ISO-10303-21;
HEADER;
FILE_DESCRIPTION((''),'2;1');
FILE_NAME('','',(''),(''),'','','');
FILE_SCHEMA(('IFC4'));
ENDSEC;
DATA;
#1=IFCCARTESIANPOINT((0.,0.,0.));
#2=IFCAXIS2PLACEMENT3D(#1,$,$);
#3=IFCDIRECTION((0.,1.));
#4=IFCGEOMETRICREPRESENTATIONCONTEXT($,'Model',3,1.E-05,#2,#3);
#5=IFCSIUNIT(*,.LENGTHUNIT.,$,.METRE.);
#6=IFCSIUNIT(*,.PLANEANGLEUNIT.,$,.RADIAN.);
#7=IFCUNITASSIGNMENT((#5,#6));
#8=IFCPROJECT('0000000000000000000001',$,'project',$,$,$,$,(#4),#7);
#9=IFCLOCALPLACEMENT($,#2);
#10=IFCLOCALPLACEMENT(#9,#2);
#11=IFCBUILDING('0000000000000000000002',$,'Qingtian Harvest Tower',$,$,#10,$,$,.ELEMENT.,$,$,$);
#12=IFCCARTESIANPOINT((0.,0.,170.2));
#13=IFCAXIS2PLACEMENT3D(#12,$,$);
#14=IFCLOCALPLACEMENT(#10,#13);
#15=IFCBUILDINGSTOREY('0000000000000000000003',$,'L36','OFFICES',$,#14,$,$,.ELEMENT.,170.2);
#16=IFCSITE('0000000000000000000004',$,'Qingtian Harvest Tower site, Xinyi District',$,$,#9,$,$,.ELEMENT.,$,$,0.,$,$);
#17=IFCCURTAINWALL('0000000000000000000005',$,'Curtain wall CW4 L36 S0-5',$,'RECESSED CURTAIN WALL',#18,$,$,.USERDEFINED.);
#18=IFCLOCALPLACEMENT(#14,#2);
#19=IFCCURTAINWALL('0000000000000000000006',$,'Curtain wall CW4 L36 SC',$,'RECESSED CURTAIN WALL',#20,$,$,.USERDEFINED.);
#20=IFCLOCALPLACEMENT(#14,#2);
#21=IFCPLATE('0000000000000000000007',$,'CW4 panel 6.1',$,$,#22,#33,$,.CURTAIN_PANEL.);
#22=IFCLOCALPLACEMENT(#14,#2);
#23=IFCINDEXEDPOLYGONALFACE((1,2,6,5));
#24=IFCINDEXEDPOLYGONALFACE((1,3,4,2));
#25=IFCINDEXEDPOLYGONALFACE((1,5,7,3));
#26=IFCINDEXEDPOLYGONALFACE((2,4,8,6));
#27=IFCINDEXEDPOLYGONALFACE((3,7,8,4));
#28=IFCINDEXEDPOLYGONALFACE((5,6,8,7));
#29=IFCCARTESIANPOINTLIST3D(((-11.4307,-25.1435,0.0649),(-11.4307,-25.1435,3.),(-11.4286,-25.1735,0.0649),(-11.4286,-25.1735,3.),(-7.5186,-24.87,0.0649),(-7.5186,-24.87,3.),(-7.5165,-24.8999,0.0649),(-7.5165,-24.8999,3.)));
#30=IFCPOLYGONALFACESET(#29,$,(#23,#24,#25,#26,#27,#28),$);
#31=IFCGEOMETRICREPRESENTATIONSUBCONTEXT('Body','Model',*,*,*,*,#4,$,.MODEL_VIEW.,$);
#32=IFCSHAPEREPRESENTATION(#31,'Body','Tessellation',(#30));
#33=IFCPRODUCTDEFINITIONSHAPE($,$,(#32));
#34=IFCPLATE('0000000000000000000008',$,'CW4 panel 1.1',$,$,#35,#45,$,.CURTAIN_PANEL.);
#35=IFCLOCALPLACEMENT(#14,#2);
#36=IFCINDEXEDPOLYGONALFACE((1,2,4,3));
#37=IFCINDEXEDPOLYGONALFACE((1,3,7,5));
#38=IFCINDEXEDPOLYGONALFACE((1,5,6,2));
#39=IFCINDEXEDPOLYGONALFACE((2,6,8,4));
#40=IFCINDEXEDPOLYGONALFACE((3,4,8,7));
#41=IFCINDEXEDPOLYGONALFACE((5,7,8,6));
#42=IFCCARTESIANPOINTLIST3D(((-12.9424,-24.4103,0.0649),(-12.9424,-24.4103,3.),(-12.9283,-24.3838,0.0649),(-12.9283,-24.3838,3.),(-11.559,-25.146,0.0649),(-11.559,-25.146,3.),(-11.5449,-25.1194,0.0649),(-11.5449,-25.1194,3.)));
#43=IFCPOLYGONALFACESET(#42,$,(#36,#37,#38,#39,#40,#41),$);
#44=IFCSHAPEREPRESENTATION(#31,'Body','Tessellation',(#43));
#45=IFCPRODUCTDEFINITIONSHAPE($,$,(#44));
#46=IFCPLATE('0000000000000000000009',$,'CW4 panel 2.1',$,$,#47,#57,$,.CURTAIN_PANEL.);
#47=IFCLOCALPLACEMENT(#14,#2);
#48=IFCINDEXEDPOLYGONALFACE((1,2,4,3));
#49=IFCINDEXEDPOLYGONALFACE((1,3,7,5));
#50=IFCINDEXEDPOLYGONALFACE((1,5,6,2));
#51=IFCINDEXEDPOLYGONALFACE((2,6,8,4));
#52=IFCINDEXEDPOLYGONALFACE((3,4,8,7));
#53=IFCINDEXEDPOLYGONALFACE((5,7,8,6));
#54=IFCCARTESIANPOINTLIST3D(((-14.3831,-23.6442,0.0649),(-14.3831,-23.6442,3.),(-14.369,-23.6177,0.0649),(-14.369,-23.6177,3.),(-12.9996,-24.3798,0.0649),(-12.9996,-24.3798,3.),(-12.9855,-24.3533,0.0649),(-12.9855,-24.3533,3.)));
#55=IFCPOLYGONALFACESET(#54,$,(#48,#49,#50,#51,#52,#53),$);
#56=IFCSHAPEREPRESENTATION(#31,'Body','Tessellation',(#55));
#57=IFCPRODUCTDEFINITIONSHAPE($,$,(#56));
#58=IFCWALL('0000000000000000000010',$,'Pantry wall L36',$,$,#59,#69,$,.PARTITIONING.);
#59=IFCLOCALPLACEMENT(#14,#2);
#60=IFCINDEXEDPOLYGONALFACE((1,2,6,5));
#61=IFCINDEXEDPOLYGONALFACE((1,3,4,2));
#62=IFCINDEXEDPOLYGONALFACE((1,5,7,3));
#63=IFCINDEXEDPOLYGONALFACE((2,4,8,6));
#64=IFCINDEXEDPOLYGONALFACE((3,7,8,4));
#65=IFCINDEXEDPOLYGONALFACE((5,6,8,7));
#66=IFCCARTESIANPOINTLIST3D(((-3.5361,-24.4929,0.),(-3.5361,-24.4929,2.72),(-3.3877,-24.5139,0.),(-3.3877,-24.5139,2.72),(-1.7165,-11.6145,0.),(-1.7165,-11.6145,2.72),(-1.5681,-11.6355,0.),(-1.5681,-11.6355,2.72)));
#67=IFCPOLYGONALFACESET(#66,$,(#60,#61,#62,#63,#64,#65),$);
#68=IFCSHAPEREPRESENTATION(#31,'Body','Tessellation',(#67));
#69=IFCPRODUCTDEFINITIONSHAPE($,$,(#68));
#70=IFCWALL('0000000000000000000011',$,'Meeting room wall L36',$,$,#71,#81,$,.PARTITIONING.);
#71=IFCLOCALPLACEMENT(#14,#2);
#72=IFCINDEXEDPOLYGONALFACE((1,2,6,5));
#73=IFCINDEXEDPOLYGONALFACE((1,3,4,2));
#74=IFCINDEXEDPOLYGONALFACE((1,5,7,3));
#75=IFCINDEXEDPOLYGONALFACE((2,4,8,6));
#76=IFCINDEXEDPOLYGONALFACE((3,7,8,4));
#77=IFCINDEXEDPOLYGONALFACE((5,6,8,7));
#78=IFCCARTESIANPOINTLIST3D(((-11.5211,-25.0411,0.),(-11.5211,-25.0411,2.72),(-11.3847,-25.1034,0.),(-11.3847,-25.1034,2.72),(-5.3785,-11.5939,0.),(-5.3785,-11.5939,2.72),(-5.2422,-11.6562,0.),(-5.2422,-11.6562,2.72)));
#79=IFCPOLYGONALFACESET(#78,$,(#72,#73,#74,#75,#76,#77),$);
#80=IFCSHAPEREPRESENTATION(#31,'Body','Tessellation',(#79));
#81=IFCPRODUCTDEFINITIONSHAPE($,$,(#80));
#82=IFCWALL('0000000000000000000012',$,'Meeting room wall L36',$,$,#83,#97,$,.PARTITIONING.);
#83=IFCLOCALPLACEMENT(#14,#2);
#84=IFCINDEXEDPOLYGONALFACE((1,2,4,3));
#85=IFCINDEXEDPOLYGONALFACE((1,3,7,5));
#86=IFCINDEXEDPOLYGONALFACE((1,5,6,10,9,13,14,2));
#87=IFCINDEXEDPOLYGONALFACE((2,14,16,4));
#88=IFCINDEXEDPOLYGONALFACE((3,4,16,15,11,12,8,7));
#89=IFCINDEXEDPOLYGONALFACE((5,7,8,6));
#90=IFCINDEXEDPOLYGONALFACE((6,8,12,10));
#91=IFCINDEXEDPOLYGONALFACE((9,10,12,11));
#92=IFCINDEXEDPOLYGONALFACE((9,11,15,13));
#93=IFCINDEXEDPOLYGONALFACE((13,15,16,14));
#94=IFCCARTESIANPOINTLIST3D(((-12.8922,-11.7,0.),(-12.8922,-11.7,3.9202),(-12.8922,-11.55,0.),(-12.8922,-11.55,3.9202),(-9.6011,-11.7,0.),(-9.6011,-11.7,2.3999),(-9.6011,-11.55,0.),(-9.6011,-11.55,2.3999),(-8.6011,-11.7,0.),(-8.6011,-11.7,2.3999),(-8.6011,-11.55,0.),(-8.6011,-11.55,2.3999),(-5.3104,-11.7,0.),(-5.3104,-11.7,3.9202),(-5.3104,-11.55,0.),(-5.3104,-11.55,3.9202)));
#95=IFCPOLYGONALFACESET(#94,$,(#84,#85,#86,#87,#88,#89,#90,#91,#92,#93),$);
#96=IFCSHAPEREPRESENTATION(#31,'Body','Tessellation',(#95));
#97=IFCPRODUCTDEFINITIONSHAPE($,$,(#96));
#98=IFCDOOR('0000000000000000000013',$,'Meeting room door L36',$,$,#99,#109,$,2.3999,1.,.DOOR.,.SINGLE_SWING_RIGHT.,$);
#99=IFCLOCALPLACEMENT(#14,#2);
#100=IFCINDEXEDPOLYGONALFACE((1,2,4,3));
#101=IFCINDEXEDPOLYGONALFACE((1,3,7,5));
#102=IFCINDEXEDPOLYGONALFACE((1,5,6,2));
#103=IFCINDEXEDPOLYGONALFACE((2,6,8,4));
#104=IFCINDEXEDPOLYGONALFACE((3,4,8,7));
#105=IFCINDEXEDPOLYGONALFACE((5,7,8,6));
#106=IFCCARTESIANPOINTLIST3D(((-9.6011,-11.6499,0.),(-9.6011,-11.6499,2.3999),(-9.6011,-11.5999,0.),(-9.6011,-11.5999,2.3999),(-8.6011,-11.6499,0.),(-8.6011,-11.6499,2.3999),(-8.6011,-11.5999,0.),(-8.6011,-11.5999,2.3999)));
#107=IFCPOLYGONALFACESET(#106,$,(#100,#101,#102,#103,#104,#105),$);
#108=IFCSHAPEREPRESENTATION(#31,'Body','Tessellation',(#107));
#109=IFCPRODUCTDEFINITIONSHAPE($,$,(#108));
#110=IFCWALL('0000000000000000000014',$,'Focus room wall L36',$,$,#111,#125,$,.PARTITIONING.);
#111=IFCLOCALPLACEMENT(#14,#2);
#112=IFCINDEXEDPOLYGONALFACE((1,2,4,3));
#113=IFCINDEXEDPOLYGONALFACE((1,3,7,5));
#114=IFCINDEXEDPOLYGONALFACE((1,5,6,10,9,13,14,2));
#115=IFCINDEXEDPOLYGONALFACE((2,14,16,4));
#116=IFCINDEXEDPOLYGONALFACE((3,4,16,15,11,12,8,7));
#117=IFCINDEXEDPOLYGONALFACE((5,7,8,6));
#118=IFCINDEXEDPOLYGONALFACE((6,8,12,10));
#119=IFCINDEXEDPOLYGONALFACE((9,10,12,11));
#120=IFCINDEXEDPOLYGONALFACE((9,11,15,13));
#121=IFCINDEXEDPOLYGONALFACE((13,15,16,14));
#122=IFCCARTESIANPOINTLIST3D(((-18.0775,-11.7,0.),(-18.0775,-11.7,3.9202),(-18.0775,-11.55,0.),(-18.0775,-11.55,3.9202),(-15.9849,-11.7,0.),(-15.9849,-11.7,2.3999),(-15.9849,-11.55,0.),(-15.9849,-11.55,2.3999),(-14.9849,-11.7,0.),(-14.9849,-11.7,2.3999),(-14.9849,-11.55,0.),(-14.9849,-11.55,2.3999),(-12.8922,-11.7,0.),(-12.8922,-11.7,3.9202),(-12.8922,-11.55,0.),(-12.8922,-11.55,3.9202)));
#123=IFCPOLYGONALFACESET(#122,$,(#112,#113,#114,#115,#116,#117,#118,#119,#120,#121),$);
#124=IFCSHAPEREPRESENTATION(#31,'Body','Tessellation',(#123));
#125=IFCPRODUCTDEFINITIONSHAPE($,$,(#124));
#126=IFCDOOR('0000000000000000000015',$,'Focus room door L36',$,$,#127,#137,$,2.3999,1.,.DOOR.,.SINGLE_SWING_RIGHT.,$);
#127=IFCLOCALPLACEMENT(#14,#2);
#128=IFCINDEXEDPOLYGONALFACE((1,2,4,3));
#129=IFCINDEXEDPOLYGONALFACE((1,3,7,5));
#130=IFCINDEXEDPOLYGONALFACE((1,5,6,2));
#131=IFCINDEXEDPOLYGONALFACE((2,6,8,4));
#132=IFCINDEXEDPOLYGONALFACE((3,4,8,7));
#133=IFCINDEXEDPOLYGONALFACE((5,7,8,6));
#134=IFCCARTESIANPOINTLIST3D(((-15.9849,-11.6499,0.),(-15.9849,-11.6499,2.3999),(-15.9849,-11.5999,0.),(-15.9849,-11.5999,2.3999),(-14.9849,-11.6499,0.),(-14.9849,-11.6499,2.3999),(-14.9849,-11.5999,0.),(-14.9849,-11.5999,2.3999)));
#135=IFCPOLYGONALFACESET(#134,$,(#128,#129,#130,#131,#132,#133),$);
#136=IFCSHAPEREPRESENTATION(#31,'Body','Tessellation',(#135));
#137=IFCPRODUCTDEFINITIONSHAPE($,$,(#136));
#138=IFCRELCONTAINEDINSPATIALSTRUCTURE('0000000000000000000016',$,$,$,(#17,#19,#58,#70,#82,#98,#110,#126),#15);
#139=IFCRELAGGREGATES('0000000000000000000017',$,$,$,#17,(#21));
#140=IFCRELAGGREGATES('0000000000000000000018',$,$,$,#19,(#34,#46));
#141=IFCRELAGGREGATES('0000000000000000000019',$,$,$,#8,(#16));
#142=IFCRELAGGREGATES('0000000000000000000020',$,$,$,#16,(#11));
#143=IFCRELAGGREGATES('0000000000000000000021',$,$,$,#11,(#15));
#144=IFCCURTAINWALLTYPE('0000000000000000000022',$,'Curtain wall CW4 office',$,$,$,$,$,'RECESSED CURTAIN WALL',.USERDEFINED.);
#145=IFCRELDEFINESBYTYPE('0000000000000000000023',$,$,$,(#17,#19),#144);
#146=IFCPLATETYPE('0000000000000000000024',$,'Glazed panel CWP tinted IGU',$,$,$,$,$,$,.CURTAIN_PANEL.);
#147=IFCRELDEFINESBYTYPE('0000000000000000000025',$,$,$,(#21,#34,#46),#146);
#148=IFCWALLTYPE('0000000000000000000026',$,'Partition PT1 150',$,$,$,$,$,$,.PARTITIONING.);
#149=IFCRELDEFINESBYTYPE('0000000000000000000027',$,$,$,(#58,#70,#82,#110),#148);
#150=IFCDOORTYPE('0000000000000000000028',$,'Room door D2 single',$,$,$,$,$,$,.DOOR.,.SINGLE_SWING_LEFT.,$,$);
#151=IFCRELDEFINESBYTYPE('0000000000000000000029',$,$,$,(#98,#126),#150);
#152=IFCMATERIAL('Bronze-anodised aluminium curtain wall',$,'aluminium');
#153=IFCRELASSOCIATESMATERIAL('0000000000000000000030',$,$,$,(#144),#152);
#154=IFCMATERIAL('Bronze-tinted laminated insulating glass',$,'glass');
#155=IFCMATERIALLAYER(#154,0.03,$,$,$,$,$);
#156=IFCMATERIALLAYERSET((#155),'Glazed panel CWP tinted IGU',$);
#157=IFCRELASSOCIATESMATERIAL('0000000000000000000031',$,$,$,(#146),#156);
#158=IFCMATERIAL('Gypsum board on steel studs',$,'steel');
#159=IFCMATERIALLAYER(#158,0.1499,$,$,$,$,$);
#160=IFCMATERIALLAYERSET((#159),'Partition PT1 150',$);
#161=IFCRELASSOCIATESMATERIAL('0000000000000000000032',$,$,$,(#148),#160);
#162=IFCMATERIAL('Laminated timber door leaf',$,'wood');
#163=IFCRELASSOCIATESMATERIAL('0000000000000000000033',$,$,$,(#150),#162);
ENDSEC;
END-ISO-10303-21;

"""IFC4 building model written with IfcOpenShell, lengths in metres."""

from ifc_helpers import new_model, si_unit, direction, frame, frame_2d, origin, origin_2d, place, context, subcontext, project, spatial, rectangle, extrude, material, layer, layer_set, type_object, element, fill, aggregate, save


model = new_model("IFC4")

# Units and contexts
model_context = context("Model", 3, precision=1e-05, world=origin(), true_north=direction((0.0, 1.0)))
body_context = subcontext(model_context, "Body", "Model", "MODEL_VIEW")
ifc_project = project(units=[si_unit("LENGTHUNIT", "METRE"), si_unit("PLANEANGLEUNIT", "RADIAN")], contexts=[model_context])

# Site, building, storey
site_placement = place(None, origin())
site = spatial("IfcSite", under=ifc_project, at=site_placement, Name="Qingtian Harvest Tower site, Xinyi District", CompositionType="ELEMENT", RefElevation=0.0)
building_placement = place(site_placement, origin())
building = spatial("IfcBuilding", under=site, at=building_placement, Name="Qingtian Harvest Tower", CompositionType="ELEMENT")
storey_placement = place(building_placement, frame((0.0, 0.0, 170.2)))
storey = spatial("IfcBuildingStorey", under=building, at=storey_placement, Name="L36", Description="OFFICES", CompositionType="ELEMENT", Elevation=170.2)

# Curtain walls
ifc_material_1 = material(Name="Bronze-anodised aluminium curtain wall", Category="aluminium")
curtain_wall_type = type_object("IfcCurtainWallType", Name="Curtain wall CW4 office", ElementType="RECESSED CURTAIN WALL", PredefinedType="USERDEFINED", material=ifc_material_1)
curtain_wall_1_placement = place(storey_placement, origin())
curtain_wall_1 = element("IfcCurtainWall", 1, at=curtain_wall_1_placement, inside=storey, type_object=curtain_wall_type, Name="Curtain wall CW4 L36 S0-5", ObjectType="RECESSED CURTAIN WALL", PredefinedType="USERDEFINED")
curtain_wall_2_placement = place(storey_placement, origin())
curtain_wall_2 = element("IfcCurtainWall", 2, at=curtain_wall_2_placement, inside=storey, type_object=curtain_wall_type, Name="Curtain wall CW4 L36 SC", ObjectType="RECESSED CURTAIN WALL", PredefinedType="USERDEFINED")

# Plates
ifc_material_2 = material(Name="Bronze-tinted laminated insulating glass", Category="glass")
ifc_layer_1 = layer(ifc_material_2, 0.03)
ifc_layer_set_1 = layer_set([ifc_layer_1], Name="Glazed panel CWP tinted IGU")
plate_type = type_object("IfcPlateType", Name="Glazed panel CWP tinted IGU", PredefinedType="CURTAIN_PANEL", material=ifc_layer_set_1)
plate_1_placement = place(storey_placement, frame((-9.4736, -25.0217, 0.0649), z_axis=(0.0, 0.0, 1.0), x_axis=(-0.997564, -0.069756, 0.0)))
plate_1 = element("IfcPlate", 3, at=plate_1_placement, type_object=plate_type, Name="CW4 panel 6.1", PredefinedType="CURTAIN_PANEL", context=body_context, shape_type="SweptSolid", body=[
    extrude(rectangle(XDim=3.9216, YDim=0.03, at=origin_2d()), origin(), (0.0, 0.0, 1.0), 2.9351),
])
aggregate(curtain_wall_1, [plate_1])
plate_2_placement = place(storey_placement, frame((-12.2437, -24.7649, 0.0649), z_axis=(0.0, 0.0, 1.0), x_axis=(-0.882948, 0.469472, 0.0)))
plate_2 = element("IfcPlate", 4, at=plate_2_placement, type_object=plate_type, Name="CW4 panel 1.1", PredefinedType="CURTAIN_PANEL", context=body_context, shape_type="SweptSolid", body=[
    extrude(rectangle(XDim=1.5669, YDim=0.03, at=origin_2d()), origin(), (0.0, 0.0, 1.0), 2.9351),
])
plate_3_placement = place(storey_placement, frame((-13.6843, -23.9988, 0.0649), z_axis=(0.0, 0.0, 1.0), x_axis=(-0.882948, 0.469472, 0.0)))
plate_3 = element("IfcPlate", 5, at=plate_3_placement, type_object=plate_type, Name="CW4 panel 2.1", PredefinedType="CURTAIN_PANEL", context=body_context, shape_type="SweptSolid", body=[
    extrude(rectangle(XDim=1.5669, YDim=0.03, at=origin_2d()), origin(), (0.0, 0.0, 1.0), 2.9351),
])
aggregate(curtain_wall_2, [plate_2, plate_3])

# Walls
ifc_material_3 = material(Name="Gypsum board on steel studs", Category="steel")
ifc_layer_2 = layer(ifc_material_3, 0.1499)
ifc_layer_set_2 = layer_set([ifc_layer_2], Name="Partition PT1 150")
wall_type = type_object("IfcWallType", Name="Partition PT1 150", PredefinedType="PARTITIONING", material=ifc_layer_set_2)
wall_1_placement = place(storey_placement, frame((-3.4619, -24.5034, 0.0), z_axis=(0.0, 0.0, 1.0), x_axis=(0.1399, 0.990166, 0.0)))
element("IfcWall", 6, at=wall_1_placement, inside=storey, type_object=wall_type, Name="Pantry wall L36", PredefinedType="PARTITIONING", context=body_context, shape_type="SweptSolid", body=[
    extrude(rectangle(XDim=13.0063, YDim=0.1499, at=frame_2d((6.5032, 0.0))), origin(), (0.0, 0.0, 1.0), 2.72),
])
wall_2_placement = place(storey_placement, frame((-11.4529, -25.0723, 0.0), z_axis=(0.0, 0.0, 1.0), x_axis=(0.415494, 0.909596, 0.0)))
element("IfcWall", 7, at=wall_2_placement, inside=storey, type_object=wall_type, Name="Meeting room wall L36", PredefinedType="PARTITIONING", context=body_context, shape_type="SweptSolid", body=[
    extrude(rectangle(XDim=14.7837, YDim=0.1499, at=frame_2d((7.3918, 0.0))), origin(), (0.0, 0.0, 1.0), 2.72),
])

# Walls, openings, doors
wall_3_placement = place(storey_placement, frame((-5.3103, -11.625, 0.0), z_axis=(0.0, 0.0, 1.0), x_axis=(-1.0, 0.0, 0.0)))
wall_3 = element("IfcWall", 8, at=wall_3_placement, inside=storey, type_object=wall_type, Name="Meeting room wall L36", PredefinedType="PARTITIONING", context=body_context, shape_type="SweptSolid", body=[
    extrude(rectangle(XDim=7.5818, YDim=0.1499, at=frame_2d((3.791, 0.0))), origin(), (0.0, 0.0, 1.0), 3.9202),
])
opening_1_placement = place(wall_3_placement, frame((3.2908, 0.0, 0.0)))
opening_1 = element("IfcOpeningElement", 9, at=opening_1_placement, cuts=wall_3, PredefinedType="OPENING", context=body_context, shape_type="SweptSolid", body=[
    extrude(rectangle(XDim=1.0, YDim=2.3999, at=frame_2d((0.5, 1.2))), frame((0.0, 0.085, 0.0), z_axis=(0.0, -1.0, 0.0), x_axis=(1.0, 0.0, 0.0)), (0.0, 0.0, 1.0), 0.1699),
])
ifc_material_4 = material(Name="Laminated timber door leaf", Category="wood")
door_type = type_object("IfcDoorType", Name="Room door D2 single", OperationType="SINGLE_SWING_LEFT", PredefinedType="DOOR", material=ifc_material_4)
door_1_placement = place(opening_1_placement, origin())
door_1 = element("IfcDoor", 10, at=door_1_placement, inside=storey, type_object=door_type, Name="Meeting room door L36", OperationType="SINGLE_SWING_RIGHT", OverallHeight=2.3999, OverallWidth=1.0, PredefinedType="DOOR", context=body_context, shape_type="SweptSolid", body=[
    extrude(rectangle(XDim=1.0, YDim=2.3999, at=frame_2d((0.5, 1.2))), frame((0.0, 0.0249, 0.0), z_axis=(0.0, -1.0, 0.0), x_axis=(1.0, 0.0, 0.0)), (0.0, 0.0, 1.0), 0.05),
])
fill(opening_1, door_1)
wall_4_placement = place(storey_placement, frame((-12.8921, -11.625, 0.0), z_axis=(0.0, 0.0, 1.0), x_axis=(-1.0, 0.0, 0.0)))
wall_4 = element("IfcWall", 11, at=wall_4_placement, inside=storey, type_object=wall_type, Name="Focus room wall L36", PredefinedType="PARTITIONING", context=body_context, shape_type="SweptSolid", body=[
    extrude(rectangle(XDim=5.1853, YDim=0.1499, at=frame_2d((2.5928, 0.0))), origin(), (0.0, 0.0, 1.0), 3.9202),
])
opening_2_placement = place(wall_4_placement, frame((2.0928, 0.0, 0.0)))
opening_2 = element("IfcOpeningElement", 12, at=opening_2_placement, cuts=wall_4, PredefinedType="OPENING", context=body_context, shape_type="SweptSolid", body=[
    extrude(rectangle(XDim=1.0, YDim=2.3999, at=frame_2d((0.5, 1.2))), frame((0.0, 0.085, 0.0), z_axis=(0.0, -1.0, 0.0), x_axis=(1.0, 0.0, 0.0)), (0.0, 0.0, 1.0), 0.1699),
])
door_2_placement = place(opening_2_placement, origin())
door_2 = element("IfcDoor", 13, at=door_2_placement, inside=storey, type_object=door_type, Name="Focus room door L36", OperationType="SINGLE_SWING_RIGHT", OverallHeight=2.3999, OverallWidth=1.0, PredefinedType="DOOR", context=body_context, shape_type="SweptSolid", body=[
    extrude(rectangle(XDim=1.0, YDim=2.3999, at=frame_2d((0.5, 1.2))), frame((0.0, 0.0249, 0.0), z_axis=(0.0, -1.0, 0.0), x_axis=(1.0, 0.0, 0.0)), (0.0, 0.0, 1.0), 0.05),
])
fill(opening_2, door_2)

save(model, "model.ifc")
